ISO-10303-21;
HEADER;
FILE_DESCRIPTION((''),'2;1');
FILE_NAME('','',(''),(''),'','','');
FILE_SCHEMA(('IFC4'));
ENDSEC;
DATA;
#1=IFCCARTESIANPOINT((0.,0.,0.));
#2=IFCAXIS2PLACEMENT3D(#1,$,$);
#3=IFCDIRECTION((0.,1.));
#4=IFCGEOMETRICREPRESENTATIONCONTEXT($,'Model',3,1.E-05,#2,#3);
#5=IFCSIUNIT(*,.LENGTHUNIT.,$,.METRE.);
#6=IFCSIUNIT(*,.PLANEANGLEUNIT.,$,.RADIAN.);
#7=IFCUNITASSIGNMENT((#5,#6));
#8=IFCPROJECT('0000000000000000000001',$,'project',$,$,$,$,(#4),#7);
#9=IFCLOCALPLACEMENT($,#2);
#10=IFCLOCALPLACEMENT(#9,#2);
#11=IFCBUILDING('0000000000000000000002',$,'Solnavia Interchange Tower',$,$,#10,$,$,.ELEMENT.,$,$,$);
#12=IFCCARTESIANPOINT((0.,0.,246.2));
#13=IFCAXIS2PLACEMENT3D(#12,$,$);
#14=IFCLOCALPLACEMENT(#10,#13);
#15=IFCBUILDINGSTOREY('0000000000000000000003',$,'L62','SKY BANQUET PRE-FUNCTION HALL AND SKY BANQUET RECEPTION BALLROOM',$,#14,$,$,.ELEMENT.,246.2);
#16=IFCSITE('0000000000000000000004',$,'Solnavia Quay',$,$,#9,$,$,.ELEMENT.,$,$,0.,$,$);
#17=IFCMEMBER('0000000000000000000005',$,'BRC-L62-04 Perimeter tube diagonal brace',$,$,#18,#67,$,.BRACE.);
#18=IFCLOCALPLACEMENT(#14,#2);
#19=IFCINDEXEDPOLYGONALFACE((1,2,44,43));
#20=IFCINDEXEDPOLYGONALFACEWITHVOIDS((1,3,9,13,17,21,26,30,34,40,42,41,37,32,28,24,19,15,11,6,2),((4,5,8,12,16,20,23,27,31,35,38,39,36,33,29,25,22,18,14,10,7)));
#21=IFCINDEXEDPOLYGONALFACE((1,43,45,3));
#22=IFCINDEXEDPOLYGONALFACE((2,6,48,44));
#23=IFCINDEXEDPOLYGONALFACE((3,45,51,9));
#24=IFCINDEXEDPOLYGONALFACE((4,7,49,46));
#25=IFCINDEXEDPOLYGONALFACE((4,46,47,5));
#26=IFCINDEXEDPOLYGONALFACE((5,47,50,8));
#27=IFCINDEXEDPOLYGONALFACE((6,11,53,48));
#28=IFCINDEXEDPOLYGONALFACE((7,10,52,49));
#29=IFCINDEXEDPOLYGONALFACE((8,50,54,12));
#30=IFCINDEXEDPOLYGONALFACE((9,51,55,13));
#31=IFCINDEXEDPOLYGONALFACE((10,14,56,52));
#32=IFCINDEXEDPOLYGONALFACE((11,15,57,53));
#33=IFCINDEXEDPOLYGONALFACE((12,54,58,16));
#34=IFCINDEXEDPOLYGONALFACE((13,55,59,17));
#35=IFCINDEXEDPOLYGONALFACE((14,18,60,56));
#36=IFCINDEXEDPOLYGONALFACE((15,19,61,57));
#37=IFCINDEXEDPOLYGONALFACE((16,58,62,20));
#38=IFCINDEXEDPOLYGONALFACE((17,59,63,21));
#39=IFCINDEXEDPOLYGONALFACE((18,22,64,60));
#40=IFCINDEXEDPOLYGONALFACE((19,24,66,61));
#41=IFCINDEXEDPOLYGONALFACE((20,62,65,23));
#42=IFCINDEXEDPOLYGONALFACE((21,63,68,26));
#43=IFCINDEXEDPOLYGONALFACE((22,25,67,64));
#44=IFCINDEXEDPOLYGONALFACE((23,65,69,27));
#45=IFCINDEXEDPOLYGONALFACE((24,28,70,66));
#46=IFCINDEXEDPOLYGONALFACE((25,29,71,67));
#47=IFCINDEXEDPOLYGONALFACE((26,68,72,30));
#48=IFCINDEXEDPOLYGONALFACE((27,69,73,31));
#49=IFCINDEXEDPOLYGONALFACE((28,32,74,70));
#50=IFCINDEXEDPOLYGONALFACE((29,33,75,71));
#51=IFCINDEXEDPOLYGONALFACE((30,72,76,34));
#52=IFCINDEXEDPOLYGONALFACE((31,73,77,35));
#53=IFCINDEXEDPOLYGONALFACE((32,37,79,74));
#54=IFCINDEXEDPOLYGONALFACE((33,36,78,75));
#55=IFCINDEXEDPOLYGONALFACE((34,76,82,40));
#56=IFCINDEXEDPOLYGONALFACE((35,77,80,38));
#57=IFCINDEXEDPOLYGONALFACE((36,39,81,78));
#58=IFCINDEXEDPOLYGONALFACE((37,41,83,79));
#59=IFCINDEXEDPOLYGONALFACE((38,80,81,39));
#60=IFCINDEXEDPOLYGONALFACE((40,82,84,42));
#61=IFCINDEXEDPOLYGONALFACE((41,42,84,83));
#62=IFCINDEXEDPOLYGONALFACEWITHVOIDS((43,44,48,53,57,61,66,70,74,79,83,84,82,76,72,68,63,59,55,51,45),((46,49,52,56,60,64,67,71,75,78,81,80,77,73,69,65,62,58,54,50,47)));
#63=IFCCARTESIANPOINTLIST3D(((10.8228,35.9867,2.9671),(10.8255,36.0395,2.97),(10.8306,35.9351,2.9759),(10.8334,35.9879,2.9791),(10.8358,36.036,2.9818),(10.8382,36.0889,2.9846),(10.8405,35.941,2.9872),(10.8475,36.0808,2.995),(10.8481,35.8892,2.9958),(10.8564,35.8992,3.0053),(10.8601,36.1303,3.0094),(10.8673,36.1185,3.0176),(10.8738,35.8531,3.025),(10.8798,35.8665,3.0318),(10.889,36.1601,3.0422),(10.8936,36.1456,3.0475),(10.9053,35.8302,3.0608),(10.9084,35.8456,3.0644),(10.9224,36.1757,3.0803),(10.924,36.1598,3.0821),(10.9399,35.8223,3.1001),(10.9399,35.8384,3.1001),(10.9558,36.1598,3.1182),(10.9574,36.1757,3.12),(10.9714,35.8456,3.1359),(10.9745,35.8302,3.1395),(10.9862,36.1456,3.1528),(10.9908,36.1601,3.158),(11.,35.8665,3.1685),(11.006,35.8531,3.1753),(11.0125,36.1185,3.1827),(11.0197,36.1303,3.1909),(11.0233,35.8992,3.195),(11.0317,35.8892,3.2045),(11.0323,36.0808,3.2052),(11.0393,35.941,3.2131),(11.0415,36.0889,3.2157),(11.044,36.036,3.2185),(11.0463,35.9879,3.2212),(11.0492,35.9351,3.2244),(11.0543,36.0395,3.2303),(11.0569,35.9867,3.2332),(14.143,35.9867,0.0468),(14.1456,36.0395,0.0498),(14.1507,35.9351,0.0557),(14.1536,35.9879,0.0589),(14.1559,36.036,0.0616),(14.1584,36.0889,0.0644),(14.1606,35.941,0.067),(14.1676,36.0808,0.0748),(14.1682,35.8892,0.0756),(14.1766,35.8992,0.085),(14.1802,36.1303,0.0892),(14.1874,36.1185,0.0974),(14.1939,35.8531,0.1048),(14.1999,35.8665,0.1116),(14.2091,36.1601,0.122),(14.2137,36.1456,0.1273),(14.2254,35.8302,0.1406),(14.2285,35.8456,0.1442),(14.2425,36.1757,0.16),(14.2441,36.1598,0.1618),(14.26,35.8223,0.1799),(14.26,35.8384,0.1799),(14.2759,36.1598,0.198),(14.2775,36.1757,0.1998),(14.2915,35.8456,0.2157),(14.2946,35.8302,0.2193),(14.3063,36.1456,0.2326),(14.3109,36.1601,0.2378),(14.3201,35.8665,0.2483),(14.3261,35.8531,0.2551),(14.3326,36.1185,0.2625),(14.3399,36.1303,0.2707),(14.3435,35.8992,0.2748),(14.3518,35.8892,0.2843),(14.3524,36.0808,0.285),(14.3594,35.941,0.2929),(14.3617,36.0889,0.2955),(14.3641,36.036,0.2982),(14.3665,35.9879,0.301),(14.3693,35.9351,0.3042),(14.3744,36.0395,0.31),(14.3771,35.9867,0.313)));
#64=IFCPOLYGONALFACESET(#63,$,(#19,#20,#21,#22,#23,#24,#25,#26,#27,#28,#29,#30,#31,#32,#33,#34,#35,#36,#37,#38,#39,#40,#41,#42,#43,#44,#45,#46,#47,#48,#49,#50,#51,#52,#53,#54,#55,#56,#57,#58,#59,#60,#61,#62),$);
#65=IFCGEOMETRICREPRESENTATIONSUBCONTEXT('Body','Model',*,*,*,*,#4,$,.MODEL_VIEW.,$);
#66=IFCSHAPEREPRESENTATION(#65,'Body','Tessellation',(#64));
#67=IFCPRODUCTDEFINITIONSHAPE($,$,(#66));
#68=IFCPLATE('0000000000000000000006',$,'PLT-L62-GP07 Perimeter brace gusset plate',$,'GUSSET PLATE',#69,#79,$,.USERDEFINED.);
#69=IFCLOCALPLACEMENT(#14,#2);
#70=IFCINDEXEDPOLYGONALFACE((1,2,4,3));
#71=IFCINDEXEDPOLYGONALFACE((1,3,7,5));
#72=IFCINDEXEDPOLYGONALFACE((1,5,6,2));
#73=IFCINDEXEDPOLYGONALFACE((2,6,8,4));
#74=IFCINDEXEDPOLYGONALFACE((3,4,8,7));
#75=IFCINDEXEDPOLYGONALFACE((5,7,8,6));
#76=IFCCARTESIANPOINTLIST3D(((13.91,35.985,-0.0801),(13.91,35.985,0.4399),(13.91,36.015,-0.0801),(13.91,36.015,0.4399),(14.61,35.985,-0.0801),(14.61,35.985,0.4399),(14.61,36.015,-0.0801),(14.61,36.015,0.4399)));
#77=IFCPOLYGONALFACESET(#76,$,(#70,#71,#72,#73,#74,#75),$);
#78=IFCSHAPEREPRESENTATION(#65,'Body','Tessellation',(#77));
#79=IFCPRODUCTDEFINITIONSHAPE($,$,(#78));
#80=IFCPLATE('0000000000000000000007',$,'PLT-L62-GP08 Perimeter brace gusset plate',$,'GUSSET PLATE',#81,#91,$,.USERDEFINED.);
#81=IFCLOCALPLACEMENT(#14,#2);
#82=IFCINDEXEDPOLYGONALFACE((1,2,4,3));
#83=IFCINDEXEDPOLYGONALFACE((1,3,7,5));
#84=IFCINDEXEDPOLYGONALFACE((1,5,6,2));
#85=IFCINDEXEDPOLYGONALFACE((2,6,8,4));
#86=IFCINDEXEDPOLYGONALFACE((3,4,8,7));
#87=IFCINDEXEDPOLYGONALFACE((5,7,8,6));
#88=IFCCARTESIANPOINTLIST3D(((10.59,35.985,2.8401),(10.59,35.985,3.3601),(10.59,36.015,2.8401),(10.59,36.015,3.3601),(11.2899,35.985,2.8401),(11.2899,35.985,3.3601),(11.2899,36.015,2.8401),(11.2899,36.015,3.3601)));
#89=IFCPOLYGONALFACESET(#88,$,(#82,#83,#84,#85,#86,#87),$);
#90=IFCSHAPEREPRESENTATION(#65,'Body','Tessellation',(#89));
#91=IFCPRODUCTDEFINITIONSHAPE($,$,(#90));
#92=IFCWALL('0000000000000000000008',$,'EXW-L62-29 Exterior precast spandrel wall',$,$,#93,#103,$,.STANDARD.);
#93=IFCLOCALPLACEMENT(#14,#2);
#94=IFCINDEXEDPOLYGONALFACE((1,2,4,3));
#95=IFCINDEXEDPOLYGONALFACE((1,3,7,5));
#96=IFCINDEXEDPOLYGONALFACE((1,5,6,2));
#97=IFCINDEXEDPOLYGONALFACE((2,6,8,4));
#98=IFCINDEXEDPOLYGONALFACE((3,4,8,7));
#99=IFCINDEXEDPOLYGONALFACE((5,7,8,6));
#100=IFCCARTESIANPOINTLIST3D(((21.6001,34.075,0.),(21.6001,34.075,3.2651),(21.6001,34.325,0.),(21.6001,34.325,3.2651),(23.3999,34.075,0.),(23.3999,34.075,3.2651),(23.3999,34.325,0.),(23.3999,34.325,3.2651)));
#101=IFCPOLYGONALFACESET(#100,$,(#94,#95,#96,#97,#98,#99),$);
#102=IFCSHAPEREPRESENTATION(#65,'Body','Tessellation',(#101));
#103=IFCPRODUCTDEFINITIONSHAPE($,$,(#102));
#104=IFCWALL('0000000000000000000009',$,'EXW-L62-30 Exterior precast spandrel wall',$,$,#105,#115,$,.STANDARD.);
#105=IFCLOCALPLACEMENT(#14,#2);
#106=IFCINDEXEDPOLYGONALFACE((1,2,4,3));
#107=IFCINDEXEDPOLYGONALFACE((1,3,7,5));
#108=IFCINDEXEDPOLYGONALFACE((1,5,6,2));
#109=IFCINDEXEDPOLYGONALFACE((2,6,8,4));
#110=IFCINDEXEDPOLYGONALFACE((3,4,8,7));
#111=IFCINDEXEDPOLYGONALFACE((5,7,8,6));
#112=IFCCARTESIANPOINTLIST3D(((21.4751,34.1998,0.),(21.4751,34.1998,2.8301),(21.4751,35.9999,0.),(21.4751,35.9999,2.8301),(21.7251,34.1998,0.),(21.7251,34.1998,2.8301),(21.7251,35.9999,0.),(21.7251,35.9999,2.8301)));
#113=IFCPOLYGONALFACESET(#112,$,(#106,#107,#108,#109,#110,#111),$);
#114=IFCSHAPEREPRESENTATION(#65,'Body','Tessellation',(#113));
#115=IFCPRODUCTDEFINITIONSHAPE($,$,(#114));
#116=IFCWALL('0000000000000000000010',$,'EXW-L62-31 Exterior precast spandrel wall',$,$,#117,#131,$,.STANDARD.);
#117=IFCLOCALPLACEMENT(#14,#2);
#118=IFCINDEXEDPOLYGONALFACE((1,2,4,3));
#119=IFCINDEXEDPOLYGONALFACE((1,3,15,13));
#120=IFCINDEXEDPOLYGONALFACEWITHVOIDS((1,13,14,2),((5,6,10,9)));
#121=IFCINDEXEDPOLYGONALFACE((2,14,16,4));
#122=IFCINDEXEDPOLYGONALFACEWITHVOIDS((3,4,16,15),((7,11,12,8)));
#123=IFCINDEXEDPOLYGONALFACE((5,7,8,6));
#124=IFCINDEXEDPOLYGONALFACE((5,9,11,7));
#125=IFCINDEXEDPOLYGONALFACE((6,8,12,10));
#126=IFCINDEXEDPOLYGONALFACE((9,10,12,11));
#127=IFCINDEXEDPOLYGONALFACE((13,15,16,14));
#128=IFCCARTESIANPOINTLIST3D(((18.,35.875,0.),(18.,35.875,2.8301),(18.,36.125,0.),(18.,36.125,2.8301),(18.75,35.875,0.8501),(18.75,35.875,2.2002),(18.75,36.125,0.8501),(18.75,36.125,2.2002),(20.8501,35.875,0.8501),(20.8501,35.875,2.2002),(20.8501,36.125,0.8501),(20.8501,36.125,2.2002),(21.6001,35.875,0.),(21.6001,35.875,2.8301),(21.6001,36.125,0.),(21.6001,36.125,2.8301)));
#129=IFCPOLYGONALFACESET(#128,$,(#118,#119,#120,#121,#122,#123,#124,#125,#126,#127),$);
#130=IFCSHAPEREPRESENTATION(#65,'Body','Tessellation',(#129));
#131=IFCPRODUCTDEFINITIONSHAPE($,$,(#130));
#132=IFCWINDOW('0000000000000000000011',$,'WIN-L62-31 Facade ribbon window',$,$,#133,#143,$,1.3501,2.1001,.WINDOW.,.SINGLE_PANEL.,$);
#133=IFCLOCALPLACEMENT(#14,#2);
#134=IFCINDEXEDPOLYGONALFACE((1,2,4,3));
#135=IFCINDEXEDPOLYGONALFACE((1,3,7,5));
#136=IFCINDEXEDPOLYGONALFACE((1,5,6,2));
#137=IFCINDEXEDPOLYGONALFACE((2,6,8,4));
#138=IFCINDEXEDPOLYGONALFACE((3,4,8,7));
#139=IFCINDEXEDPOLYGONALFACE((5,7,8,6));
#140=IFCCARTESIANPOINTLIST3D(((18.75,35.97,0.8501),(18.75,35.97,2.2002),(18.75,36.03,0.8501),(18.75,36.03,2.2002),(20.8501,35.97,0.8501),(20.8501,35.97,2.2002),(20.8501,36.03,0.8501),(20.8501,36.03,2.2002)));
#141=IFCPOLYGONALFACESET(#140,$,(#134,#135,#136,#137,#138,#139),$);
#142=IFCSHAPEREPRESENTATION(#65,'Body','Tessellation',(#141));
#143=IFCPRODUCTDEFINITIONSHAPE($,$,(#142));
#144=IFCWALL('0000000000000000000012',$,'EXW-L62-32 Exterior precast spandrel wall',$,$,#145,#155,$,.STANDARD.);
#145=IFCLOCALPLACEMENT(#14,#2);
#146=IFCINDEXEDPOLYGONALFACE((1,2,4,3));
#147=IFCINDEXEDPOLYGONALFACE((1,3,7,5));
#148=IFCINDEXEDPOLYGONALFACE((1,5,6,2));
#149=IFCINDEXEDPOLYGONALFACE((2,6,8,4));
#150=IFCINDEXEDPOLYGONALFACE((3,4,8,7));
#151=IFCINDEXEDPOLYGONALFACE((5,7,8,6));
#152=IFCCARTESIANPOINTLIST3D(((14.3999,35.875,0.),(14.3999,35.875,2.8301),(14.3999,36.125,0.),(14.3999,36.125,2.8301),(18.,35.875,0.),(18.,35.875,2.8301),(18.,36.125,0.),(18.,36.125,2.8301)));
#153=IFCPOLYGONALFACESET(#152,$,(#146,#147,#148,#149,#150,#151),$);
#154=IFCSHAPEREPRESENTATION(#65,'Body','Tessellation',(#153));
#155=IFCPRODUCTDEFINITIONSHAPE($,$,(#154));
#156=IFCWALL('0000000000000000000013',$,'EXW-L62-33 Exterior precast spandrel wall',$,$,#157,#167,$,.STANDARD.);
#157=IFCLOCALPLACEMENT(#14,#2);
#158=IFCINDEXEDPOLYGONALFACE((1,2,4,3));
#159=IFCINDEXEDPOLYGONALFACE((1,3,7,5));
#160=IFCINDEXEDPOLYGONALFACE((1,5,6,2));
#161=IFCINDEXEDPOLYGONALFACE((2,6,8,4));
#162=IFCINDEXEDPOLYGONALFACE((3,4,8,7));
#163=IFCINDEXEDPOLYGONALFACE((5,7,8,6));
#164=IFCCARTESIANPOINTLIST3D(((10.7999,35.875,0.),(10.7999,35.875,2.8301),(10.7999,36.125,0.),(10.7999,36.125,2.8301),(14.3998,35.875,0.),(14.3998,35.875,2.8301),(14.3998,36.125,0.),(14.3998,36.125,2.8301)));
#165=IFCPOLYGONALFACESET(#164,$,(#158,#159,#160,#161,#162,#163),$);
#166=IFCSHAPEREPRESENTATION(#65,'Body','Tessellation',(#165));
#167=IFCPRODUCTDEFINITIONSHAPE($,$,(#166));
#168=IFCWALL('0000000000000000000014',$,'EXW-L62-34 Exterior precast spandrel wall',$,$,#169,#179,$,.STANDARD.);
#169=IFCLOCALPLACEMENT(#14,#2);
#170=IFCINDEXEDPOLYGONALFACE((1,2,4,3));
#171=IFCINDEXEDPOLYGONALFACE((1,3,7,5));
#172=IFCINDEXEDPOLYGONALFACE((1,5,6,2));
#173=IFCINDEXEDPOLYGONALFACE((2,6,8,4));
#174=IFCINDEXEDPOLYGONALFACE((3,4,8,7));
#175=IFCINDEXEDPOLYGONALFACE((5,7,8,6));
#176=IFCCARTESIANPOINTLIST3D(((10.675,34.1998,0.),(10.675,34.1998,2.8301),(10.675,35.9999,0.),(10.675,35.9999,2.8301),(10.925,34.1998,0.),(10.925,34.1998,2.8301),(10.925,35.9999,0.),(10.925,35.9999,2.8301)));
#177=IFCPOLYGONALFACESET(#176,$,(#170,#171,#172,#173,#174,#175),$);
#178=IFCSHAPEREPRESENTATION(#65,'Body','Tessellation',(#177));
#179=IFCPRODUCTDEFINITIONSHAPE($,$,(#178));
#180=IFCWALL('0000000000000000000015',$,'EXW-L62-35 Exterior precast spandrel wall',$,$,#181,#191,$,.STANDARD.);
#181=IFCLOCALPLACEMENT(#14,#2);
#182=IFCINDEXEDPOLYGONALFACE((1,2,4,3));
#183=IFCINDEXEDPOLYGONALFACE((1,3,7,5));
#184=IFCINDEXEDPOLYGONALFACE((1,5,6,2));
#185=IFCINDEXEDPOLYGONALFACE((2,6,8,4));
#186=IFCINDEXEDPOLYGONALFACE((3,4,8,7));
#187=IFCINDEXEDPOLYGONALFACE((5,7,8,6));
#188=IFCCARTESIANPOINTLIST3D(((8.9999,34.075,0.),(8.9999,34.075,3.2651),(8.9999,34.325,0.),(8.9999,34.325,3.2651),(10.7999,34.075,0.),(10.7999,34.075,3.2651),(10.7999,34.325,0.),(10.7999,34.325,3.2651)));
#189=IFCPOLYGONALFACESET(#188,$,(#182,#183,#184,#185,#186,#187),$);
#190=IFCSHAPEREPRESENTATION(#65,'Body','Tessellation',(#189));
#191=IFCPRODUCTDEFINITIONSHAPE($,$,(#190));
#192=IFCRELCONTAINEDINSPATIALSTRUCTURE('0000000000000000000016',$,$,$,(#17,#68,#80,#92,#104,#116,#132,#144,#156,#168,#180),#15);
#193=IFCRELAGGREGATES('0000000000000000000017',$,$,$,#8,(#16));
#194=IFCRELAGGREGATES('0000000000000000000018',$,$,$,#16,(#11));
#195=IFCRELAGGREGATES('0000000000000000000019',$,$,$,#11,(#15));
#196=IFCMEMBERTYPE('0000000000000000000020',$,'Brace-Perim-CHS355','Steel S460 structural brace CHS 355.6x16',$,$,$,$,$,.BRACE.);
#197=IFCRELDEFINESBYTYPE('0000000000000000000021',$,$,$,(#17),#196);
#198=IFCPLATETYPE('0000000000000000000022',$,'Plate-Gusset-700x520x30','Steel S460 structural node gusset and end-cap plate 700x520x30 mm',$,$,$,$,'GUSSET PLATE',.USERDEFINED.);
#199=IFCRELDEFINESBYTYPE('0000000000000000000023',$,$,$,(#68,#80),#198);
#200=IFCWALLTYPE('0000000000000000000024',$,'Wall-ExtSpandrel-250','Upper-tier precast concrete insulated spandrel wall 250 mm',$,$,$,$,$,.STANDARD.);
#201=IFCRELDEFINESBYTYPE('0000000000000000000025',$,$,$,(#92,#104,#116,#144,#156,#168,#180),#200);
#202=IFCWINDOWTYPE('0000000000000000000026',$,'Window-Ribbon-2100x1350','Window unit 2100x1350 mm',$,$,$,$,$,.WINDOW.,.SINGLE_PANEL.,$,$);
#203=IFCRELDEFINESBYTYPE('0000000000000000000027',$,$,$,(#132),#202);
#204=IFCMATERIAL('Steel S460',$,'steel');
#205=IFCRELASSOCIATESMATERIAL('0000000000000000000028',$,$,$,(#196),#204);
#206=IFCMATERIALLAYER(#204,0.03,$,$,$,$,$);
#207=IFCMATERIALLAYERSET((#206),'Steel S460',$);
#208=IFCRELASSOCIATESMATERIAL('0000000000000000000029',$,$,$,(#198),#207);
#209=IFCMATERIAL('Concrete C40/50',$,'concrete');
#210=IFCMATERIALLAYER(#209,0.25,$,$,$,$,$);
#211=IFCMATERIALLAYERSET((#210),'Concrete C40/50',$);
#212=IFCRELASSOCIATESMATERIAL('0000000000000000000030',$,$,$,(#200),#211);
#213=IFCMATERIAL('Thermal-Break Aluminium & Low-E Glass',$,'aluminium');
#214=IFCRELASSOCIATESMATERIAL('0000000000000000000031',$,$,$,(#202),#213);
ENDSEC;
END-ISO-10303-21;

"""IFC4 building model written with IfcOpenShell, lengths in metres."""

from ifc_helpers import new_model, si_unit, direction, frame, frame_2d, origin, origin_2d, place, context, subcontext, project, spatial, rectangle, hollow_circle, extrude, material, layer, layer_set, material_profile, profile_set, type_object, element, fill, save


model = new_model("IFC4")

# Units and contexts
model_context = context("Model", 3, precision=1e-05, world=origin(), true_north=direction((0.0, 1.0)))
body_context = subcontext(model_context, "Body", "Model", "MODEL_VIEW")
ifc_project = project(units=[si_unit("LENGTHUNIT", "METRE"), si_unit("PLANEANGLEUNIT", "RADIAN")], contexts=[model_context])

# Site, building, storey
site_placement = place(None, origin())
site = spatial("IfcSite", under=ifc_project, at=site_placement, Name="Solnavia Quay", CompositionType="ELEMENT", RefElevation=0.0)
building_placement = place(site_placement, origin())
building = spatial("IfcBuilding", under=site, at=building_placement, Name="Solnavia Interchange Tower", CompositionType="ELEMENT")
storey_placement = place(building_placement, frame((0.0, 0.0, 246.2)))
storey = spatial("IfcBuildingStorey", under=building, at=storey_placement, Name="L62", Description="SKY BANQUET PRE-FUNCTION HALL AND SKY BANQUET RECEPTION BALLROOM", CompositionType="ELEMENT", Elevation=246.2)

# Shared definitions
ifc_material_1 = material(Name="Steel S460", Category="steel")

# Member
ifc_material_profile_1 = material_profile(ifc_material_1, hollow_circle(Radius=0.1777, WallThickness=0.0161, at=origin_2d()), Name="CHS 355.6x16")
ifc_profile_set_1 = profile_set([ifc_material_profile_1], Name="Steel S460")
member_type = type_object("IfcMemberType", Name="Brace-Perim-CHS355", Description="Steel S460 structural brace CHS 355.6x16", PredefinedType="BRACE", material=ifc_profile_set_1)
member_placement = place(storey_placement, frame((14.26, 36.0, 0.1799), z_axis=(-0.750881, 0.0, 0.660437), x_axis=(0.0, -1.0, 0.0)))
element("IfcMember", 1, at=member_placement, inside=storey, type_object=member_type, Name="BRC-L62-04 Perimeter tube diagonal brace", PredefinedType="BRACE", context=body_context, shape_type="SweptSolid", body=[
    extrude(hollow_circle(Radius=0.1777, WallThickness=0.0161, at=origin_2d()), origin(), (0.0, 0.0, 1.0), 4.4216),
])

# Plates
ifc_layer_1 = layer(ifc_material_1, 0.03)
ifc_layer_set_1 = layer_set([ifc_layer_1], Name="Steel S460")
plate_type = type_object("IfcPlateType", Name="Plate-Gusset-700x520x30", Description="Steel S460 structural node gusset and end-cap plate 700x520x30 mm", ElementType="GUSSET PLATE", PredefinedType="USERDEFINED", material=ifc_layer_set_1)
for number, where, z_axis, x_axis, name in (
    (2, (14.26, 36.0, -0.0801), (0.0, 0.0, 1.0), (-1.0, 0.0, 0.0), "PLT-L62-GP07 Perimeter brace gusset plate"),
    (3, (10.9399, 36.0, 2.8401), (0.0, 0.0, 1.0), (-1.0, 0.0, 0.0), "PLT-L62-GP08 Perimeter brace gusset plate"),
):
    element("IfcPlate", number, at=place(storey_placement, frame(where, z_axis=z_axis, x_axis=x_axis)), inside=storey, type_object=plate_type, Name=name, ObjectType="GUSSET PLATE", PredefinedType="USERDEFINED", context=body_context, shape_type="SweptSolid", body=[
        extrude(rectangle(XDim=0.7, YDim=0.03, at=origin_2d()), origin(), (0.0, 0.0, 1.0), 0.52),
    ])

# Walls
ifc_material_2 = material(Name="Concrete C40/50", Category="concrete")
ifc_layer_2 = layer(ifc_material_2, 0.25)
ifc_layer_set_2 = layer_set([ifc_layer_2], Name="Concrete C40/50")
wall_type_1 = type_object("IfcWallType", Name="Wall-ExtSpandrel-250", Description="Upper-tier precast concrete insulated spandrel wall 250 mm", PredefinedType="STANDARD", material=ifc_layer_set_2)
wall_1_placement = place(storey_placement, frame((21.6001, 34.2, 0.0), z_axis=(0.0, 0.0, 1.0), x_axis=(1.0, 0.0, 0.0)))
element("IfcWall", 4, at=wall_1_placement, inside=storey, type_object=wall_type_1, Name="EXW-L62-29 Exterior precast spandrel wall", PredefinedType="STANDARD", context=body_context, shape_type="SweptSolid", body=[
    extrude(rectangle(XDim=1.7998, YDim=0.25, at=frame_2d((0.8999, 0.0))), origin(), (0.0, 0.0, 1.0), 3.2651),
])
wall_2_placement = place(storey_placement, frame((21.6001, 34.2, 0.0), z_axis=(0.0, 0.0, 1.0), x_axis=(0.0, 1.0, 0.0)))
element("IfcWall", 5, at=wall_2_placement, inside=storey, type_object=wall_type_1, Name="EXW-L62-30 Exterior precast spandrel wall", PredefinedType="STANDARD", context=body_context, shape_type="SweptSolid", body=[
    extrude(rectangle(XDim=1.8, YDim=0.25, at=frame_2d((0.8999, 0.0))), origin(), (0.0, 0.0, 1.0), 2.8301),
])

# Wall, opening, window
wall_3_placement = place(storey_placement, frame((18.0, 36.0, 0.0), z_axis=(0.0, 0.0, 1.0), x_axis=(1.0, 0.0, 0.0)))
wall_3 = element("IfcWall", 6, at=wall_3_placement, inside=storey, type_object=wall_type_1, Name="EXW-L62-31 Exterior precast spandrel wall", PredefinedType="STANDARD", context=body_context, shape_type="SweptSolid", body=[
    extrude(rectangle(XDim=3.6001, YDim=0.25, at=frame_2d((1.8, 0.0))), origin(), (0.0, 0.0, 1.0), 2.8301),
])
opening_1_placement = place(wall_3_placement, frame((0.75, 0.0, 0.8501)))
opening_1 = element("IfcOpeningElement", 7, at=opening_1_placement, cuts=wall_3, PredefinedType="OPENING", context=body_context, shape_type="SweptSolid", body=[
    extrude(rectangle(XDim=2.1001, YDim=1.3501, at=frame_2d((1.05, 0.675))), frame((0.0, 0.135, 0.0), z_axis=(0.0, -1.0, 0.0), x_axis=(1.0, 0.0, 0.0)), (0.0, 0.0, 1.0), 0.27),
])
ifc_material_3 = material(Name="Thermal-Break Aluminium & Low-E Glass", Category="aluminium")
window_type = type_object("IfcWindowType", Name="Window-Ribbon-2100x1350", Description="Window unit 2100x1350 mm", PartitioningType="SINGLE_PANEL", PredefinedType="WINDOW", material=ifc_material_3)
window_1_placement = place(opening_1_placement, origin())
window_1 = element("IfcWindow", 8, at=window_1_placement, inside=storey, type_object=window_type, Name="WIN-L62-31 Facade ribbon window", OverallHeight=1.3501, OverallWidth=2.1001, PartitioningType="SINGLE_PANEL", PredefinedType="WINDOW", context=body_context, shape_type="SweptSolid", body=[
    extrude(rectangle(XDim=2.1001, YDim=1.3501, at=frame_2d((1.05, 0.675))), frame((0.0, 0.03, 0.0), z_axis=(0.0, -1.0, 0.0), x_axis=(1.0, 0.0, 0.0)), (0.0, 0.0, 1.0), 0.0601),
])
fill(opening_1, window_1)

# Walls
wall_4_placement = place(storey_placement, frame((14.3999, 36.0, 0.0), z_axis=(0.0, 0.0, 1.0), x_axis=(1.0, 0.0, 0.0)))
element("IfcWall", 9, at=wall_4_placement, inside=storey, type_object=wall_type_1, Name="EXW-L62-32 Exterior precast spandrel wall", PredefinedType="STANDARD", context=body_context, shape_type="SweptSolid", body=[
    extrude(rectangle(XDim=3.6001, YDim=0.25, at=frame_2d((1.8, 0.0))), origin(), (0.0, 0.0, 1.0), 2.8301),
])
wall_5_placement = place(storey_placement, frame((10.8, 36.0, 0.0), z_axis=(0.0, 0.0, 1.0), x_axis=(1.0, 0.0, 0.0)))
element("IfcWall", 10, at=wall_5_placement, inside=storey, type_object=wall_type_1, Name="EXW-L62-33 Exterior precast spandrel wall", PredefinedType="STANDARD", context=body_context, shape_type="SweptSolid", body=[
    extrude(rectangle(XDim=3.5999, YDim=0.25, at=frame_2d((1.7998, 0.0))), origin(), (0.0, 0.0, 1.0), 2.8301),
])
wall_6_placement = place(storey_placement, frame((10.8, 34.2, 0.0), z_axis=(0.0, 0.0, 1.0), x_axis=(0.0, 1.0, 0.0)))
element("IfcWall", 11, at=wall_6_placement, inside=storey, type_object=wall_type_1, Name="EXW-L62-34 Exterior precast spandrel wall", PredefinedType="STANDARD", context=body_context, shape_type="SweptSolid", body=[
    extrude(rectangle(XDim=1.8, YDim=0.25, at=frame_2d((0.8999, 0.0))), origin(), (0.0, 0.0, 1.0), 2.8301),
])
for number, where, z_axis, x_axis, name in (
    (12, (9.0, 34.2, 0.0), (0.0, 0.0, 1.0), (1.0, 0.0, 0.0), "EXW-L62-35 Exterior precast spandrel wall"),
):
    element("IfcWall", number, at=place(storey_placement, frame(where, z_axis=z_axis, x_axis=x_axis)), inside=storey, type_object=wall_type_1, Name=name, PredefinedType="STANDARD", context=body_context, shape_type="SweptSolid", body=[
        extrude(rectangle(XDim=1.8, YDim=0.25, at=frame_2d((0.8999, 0.0))), origin(), (0.0, 0.0, 1.0), 3.2651),
    ])

save(model, "model.ifc")
